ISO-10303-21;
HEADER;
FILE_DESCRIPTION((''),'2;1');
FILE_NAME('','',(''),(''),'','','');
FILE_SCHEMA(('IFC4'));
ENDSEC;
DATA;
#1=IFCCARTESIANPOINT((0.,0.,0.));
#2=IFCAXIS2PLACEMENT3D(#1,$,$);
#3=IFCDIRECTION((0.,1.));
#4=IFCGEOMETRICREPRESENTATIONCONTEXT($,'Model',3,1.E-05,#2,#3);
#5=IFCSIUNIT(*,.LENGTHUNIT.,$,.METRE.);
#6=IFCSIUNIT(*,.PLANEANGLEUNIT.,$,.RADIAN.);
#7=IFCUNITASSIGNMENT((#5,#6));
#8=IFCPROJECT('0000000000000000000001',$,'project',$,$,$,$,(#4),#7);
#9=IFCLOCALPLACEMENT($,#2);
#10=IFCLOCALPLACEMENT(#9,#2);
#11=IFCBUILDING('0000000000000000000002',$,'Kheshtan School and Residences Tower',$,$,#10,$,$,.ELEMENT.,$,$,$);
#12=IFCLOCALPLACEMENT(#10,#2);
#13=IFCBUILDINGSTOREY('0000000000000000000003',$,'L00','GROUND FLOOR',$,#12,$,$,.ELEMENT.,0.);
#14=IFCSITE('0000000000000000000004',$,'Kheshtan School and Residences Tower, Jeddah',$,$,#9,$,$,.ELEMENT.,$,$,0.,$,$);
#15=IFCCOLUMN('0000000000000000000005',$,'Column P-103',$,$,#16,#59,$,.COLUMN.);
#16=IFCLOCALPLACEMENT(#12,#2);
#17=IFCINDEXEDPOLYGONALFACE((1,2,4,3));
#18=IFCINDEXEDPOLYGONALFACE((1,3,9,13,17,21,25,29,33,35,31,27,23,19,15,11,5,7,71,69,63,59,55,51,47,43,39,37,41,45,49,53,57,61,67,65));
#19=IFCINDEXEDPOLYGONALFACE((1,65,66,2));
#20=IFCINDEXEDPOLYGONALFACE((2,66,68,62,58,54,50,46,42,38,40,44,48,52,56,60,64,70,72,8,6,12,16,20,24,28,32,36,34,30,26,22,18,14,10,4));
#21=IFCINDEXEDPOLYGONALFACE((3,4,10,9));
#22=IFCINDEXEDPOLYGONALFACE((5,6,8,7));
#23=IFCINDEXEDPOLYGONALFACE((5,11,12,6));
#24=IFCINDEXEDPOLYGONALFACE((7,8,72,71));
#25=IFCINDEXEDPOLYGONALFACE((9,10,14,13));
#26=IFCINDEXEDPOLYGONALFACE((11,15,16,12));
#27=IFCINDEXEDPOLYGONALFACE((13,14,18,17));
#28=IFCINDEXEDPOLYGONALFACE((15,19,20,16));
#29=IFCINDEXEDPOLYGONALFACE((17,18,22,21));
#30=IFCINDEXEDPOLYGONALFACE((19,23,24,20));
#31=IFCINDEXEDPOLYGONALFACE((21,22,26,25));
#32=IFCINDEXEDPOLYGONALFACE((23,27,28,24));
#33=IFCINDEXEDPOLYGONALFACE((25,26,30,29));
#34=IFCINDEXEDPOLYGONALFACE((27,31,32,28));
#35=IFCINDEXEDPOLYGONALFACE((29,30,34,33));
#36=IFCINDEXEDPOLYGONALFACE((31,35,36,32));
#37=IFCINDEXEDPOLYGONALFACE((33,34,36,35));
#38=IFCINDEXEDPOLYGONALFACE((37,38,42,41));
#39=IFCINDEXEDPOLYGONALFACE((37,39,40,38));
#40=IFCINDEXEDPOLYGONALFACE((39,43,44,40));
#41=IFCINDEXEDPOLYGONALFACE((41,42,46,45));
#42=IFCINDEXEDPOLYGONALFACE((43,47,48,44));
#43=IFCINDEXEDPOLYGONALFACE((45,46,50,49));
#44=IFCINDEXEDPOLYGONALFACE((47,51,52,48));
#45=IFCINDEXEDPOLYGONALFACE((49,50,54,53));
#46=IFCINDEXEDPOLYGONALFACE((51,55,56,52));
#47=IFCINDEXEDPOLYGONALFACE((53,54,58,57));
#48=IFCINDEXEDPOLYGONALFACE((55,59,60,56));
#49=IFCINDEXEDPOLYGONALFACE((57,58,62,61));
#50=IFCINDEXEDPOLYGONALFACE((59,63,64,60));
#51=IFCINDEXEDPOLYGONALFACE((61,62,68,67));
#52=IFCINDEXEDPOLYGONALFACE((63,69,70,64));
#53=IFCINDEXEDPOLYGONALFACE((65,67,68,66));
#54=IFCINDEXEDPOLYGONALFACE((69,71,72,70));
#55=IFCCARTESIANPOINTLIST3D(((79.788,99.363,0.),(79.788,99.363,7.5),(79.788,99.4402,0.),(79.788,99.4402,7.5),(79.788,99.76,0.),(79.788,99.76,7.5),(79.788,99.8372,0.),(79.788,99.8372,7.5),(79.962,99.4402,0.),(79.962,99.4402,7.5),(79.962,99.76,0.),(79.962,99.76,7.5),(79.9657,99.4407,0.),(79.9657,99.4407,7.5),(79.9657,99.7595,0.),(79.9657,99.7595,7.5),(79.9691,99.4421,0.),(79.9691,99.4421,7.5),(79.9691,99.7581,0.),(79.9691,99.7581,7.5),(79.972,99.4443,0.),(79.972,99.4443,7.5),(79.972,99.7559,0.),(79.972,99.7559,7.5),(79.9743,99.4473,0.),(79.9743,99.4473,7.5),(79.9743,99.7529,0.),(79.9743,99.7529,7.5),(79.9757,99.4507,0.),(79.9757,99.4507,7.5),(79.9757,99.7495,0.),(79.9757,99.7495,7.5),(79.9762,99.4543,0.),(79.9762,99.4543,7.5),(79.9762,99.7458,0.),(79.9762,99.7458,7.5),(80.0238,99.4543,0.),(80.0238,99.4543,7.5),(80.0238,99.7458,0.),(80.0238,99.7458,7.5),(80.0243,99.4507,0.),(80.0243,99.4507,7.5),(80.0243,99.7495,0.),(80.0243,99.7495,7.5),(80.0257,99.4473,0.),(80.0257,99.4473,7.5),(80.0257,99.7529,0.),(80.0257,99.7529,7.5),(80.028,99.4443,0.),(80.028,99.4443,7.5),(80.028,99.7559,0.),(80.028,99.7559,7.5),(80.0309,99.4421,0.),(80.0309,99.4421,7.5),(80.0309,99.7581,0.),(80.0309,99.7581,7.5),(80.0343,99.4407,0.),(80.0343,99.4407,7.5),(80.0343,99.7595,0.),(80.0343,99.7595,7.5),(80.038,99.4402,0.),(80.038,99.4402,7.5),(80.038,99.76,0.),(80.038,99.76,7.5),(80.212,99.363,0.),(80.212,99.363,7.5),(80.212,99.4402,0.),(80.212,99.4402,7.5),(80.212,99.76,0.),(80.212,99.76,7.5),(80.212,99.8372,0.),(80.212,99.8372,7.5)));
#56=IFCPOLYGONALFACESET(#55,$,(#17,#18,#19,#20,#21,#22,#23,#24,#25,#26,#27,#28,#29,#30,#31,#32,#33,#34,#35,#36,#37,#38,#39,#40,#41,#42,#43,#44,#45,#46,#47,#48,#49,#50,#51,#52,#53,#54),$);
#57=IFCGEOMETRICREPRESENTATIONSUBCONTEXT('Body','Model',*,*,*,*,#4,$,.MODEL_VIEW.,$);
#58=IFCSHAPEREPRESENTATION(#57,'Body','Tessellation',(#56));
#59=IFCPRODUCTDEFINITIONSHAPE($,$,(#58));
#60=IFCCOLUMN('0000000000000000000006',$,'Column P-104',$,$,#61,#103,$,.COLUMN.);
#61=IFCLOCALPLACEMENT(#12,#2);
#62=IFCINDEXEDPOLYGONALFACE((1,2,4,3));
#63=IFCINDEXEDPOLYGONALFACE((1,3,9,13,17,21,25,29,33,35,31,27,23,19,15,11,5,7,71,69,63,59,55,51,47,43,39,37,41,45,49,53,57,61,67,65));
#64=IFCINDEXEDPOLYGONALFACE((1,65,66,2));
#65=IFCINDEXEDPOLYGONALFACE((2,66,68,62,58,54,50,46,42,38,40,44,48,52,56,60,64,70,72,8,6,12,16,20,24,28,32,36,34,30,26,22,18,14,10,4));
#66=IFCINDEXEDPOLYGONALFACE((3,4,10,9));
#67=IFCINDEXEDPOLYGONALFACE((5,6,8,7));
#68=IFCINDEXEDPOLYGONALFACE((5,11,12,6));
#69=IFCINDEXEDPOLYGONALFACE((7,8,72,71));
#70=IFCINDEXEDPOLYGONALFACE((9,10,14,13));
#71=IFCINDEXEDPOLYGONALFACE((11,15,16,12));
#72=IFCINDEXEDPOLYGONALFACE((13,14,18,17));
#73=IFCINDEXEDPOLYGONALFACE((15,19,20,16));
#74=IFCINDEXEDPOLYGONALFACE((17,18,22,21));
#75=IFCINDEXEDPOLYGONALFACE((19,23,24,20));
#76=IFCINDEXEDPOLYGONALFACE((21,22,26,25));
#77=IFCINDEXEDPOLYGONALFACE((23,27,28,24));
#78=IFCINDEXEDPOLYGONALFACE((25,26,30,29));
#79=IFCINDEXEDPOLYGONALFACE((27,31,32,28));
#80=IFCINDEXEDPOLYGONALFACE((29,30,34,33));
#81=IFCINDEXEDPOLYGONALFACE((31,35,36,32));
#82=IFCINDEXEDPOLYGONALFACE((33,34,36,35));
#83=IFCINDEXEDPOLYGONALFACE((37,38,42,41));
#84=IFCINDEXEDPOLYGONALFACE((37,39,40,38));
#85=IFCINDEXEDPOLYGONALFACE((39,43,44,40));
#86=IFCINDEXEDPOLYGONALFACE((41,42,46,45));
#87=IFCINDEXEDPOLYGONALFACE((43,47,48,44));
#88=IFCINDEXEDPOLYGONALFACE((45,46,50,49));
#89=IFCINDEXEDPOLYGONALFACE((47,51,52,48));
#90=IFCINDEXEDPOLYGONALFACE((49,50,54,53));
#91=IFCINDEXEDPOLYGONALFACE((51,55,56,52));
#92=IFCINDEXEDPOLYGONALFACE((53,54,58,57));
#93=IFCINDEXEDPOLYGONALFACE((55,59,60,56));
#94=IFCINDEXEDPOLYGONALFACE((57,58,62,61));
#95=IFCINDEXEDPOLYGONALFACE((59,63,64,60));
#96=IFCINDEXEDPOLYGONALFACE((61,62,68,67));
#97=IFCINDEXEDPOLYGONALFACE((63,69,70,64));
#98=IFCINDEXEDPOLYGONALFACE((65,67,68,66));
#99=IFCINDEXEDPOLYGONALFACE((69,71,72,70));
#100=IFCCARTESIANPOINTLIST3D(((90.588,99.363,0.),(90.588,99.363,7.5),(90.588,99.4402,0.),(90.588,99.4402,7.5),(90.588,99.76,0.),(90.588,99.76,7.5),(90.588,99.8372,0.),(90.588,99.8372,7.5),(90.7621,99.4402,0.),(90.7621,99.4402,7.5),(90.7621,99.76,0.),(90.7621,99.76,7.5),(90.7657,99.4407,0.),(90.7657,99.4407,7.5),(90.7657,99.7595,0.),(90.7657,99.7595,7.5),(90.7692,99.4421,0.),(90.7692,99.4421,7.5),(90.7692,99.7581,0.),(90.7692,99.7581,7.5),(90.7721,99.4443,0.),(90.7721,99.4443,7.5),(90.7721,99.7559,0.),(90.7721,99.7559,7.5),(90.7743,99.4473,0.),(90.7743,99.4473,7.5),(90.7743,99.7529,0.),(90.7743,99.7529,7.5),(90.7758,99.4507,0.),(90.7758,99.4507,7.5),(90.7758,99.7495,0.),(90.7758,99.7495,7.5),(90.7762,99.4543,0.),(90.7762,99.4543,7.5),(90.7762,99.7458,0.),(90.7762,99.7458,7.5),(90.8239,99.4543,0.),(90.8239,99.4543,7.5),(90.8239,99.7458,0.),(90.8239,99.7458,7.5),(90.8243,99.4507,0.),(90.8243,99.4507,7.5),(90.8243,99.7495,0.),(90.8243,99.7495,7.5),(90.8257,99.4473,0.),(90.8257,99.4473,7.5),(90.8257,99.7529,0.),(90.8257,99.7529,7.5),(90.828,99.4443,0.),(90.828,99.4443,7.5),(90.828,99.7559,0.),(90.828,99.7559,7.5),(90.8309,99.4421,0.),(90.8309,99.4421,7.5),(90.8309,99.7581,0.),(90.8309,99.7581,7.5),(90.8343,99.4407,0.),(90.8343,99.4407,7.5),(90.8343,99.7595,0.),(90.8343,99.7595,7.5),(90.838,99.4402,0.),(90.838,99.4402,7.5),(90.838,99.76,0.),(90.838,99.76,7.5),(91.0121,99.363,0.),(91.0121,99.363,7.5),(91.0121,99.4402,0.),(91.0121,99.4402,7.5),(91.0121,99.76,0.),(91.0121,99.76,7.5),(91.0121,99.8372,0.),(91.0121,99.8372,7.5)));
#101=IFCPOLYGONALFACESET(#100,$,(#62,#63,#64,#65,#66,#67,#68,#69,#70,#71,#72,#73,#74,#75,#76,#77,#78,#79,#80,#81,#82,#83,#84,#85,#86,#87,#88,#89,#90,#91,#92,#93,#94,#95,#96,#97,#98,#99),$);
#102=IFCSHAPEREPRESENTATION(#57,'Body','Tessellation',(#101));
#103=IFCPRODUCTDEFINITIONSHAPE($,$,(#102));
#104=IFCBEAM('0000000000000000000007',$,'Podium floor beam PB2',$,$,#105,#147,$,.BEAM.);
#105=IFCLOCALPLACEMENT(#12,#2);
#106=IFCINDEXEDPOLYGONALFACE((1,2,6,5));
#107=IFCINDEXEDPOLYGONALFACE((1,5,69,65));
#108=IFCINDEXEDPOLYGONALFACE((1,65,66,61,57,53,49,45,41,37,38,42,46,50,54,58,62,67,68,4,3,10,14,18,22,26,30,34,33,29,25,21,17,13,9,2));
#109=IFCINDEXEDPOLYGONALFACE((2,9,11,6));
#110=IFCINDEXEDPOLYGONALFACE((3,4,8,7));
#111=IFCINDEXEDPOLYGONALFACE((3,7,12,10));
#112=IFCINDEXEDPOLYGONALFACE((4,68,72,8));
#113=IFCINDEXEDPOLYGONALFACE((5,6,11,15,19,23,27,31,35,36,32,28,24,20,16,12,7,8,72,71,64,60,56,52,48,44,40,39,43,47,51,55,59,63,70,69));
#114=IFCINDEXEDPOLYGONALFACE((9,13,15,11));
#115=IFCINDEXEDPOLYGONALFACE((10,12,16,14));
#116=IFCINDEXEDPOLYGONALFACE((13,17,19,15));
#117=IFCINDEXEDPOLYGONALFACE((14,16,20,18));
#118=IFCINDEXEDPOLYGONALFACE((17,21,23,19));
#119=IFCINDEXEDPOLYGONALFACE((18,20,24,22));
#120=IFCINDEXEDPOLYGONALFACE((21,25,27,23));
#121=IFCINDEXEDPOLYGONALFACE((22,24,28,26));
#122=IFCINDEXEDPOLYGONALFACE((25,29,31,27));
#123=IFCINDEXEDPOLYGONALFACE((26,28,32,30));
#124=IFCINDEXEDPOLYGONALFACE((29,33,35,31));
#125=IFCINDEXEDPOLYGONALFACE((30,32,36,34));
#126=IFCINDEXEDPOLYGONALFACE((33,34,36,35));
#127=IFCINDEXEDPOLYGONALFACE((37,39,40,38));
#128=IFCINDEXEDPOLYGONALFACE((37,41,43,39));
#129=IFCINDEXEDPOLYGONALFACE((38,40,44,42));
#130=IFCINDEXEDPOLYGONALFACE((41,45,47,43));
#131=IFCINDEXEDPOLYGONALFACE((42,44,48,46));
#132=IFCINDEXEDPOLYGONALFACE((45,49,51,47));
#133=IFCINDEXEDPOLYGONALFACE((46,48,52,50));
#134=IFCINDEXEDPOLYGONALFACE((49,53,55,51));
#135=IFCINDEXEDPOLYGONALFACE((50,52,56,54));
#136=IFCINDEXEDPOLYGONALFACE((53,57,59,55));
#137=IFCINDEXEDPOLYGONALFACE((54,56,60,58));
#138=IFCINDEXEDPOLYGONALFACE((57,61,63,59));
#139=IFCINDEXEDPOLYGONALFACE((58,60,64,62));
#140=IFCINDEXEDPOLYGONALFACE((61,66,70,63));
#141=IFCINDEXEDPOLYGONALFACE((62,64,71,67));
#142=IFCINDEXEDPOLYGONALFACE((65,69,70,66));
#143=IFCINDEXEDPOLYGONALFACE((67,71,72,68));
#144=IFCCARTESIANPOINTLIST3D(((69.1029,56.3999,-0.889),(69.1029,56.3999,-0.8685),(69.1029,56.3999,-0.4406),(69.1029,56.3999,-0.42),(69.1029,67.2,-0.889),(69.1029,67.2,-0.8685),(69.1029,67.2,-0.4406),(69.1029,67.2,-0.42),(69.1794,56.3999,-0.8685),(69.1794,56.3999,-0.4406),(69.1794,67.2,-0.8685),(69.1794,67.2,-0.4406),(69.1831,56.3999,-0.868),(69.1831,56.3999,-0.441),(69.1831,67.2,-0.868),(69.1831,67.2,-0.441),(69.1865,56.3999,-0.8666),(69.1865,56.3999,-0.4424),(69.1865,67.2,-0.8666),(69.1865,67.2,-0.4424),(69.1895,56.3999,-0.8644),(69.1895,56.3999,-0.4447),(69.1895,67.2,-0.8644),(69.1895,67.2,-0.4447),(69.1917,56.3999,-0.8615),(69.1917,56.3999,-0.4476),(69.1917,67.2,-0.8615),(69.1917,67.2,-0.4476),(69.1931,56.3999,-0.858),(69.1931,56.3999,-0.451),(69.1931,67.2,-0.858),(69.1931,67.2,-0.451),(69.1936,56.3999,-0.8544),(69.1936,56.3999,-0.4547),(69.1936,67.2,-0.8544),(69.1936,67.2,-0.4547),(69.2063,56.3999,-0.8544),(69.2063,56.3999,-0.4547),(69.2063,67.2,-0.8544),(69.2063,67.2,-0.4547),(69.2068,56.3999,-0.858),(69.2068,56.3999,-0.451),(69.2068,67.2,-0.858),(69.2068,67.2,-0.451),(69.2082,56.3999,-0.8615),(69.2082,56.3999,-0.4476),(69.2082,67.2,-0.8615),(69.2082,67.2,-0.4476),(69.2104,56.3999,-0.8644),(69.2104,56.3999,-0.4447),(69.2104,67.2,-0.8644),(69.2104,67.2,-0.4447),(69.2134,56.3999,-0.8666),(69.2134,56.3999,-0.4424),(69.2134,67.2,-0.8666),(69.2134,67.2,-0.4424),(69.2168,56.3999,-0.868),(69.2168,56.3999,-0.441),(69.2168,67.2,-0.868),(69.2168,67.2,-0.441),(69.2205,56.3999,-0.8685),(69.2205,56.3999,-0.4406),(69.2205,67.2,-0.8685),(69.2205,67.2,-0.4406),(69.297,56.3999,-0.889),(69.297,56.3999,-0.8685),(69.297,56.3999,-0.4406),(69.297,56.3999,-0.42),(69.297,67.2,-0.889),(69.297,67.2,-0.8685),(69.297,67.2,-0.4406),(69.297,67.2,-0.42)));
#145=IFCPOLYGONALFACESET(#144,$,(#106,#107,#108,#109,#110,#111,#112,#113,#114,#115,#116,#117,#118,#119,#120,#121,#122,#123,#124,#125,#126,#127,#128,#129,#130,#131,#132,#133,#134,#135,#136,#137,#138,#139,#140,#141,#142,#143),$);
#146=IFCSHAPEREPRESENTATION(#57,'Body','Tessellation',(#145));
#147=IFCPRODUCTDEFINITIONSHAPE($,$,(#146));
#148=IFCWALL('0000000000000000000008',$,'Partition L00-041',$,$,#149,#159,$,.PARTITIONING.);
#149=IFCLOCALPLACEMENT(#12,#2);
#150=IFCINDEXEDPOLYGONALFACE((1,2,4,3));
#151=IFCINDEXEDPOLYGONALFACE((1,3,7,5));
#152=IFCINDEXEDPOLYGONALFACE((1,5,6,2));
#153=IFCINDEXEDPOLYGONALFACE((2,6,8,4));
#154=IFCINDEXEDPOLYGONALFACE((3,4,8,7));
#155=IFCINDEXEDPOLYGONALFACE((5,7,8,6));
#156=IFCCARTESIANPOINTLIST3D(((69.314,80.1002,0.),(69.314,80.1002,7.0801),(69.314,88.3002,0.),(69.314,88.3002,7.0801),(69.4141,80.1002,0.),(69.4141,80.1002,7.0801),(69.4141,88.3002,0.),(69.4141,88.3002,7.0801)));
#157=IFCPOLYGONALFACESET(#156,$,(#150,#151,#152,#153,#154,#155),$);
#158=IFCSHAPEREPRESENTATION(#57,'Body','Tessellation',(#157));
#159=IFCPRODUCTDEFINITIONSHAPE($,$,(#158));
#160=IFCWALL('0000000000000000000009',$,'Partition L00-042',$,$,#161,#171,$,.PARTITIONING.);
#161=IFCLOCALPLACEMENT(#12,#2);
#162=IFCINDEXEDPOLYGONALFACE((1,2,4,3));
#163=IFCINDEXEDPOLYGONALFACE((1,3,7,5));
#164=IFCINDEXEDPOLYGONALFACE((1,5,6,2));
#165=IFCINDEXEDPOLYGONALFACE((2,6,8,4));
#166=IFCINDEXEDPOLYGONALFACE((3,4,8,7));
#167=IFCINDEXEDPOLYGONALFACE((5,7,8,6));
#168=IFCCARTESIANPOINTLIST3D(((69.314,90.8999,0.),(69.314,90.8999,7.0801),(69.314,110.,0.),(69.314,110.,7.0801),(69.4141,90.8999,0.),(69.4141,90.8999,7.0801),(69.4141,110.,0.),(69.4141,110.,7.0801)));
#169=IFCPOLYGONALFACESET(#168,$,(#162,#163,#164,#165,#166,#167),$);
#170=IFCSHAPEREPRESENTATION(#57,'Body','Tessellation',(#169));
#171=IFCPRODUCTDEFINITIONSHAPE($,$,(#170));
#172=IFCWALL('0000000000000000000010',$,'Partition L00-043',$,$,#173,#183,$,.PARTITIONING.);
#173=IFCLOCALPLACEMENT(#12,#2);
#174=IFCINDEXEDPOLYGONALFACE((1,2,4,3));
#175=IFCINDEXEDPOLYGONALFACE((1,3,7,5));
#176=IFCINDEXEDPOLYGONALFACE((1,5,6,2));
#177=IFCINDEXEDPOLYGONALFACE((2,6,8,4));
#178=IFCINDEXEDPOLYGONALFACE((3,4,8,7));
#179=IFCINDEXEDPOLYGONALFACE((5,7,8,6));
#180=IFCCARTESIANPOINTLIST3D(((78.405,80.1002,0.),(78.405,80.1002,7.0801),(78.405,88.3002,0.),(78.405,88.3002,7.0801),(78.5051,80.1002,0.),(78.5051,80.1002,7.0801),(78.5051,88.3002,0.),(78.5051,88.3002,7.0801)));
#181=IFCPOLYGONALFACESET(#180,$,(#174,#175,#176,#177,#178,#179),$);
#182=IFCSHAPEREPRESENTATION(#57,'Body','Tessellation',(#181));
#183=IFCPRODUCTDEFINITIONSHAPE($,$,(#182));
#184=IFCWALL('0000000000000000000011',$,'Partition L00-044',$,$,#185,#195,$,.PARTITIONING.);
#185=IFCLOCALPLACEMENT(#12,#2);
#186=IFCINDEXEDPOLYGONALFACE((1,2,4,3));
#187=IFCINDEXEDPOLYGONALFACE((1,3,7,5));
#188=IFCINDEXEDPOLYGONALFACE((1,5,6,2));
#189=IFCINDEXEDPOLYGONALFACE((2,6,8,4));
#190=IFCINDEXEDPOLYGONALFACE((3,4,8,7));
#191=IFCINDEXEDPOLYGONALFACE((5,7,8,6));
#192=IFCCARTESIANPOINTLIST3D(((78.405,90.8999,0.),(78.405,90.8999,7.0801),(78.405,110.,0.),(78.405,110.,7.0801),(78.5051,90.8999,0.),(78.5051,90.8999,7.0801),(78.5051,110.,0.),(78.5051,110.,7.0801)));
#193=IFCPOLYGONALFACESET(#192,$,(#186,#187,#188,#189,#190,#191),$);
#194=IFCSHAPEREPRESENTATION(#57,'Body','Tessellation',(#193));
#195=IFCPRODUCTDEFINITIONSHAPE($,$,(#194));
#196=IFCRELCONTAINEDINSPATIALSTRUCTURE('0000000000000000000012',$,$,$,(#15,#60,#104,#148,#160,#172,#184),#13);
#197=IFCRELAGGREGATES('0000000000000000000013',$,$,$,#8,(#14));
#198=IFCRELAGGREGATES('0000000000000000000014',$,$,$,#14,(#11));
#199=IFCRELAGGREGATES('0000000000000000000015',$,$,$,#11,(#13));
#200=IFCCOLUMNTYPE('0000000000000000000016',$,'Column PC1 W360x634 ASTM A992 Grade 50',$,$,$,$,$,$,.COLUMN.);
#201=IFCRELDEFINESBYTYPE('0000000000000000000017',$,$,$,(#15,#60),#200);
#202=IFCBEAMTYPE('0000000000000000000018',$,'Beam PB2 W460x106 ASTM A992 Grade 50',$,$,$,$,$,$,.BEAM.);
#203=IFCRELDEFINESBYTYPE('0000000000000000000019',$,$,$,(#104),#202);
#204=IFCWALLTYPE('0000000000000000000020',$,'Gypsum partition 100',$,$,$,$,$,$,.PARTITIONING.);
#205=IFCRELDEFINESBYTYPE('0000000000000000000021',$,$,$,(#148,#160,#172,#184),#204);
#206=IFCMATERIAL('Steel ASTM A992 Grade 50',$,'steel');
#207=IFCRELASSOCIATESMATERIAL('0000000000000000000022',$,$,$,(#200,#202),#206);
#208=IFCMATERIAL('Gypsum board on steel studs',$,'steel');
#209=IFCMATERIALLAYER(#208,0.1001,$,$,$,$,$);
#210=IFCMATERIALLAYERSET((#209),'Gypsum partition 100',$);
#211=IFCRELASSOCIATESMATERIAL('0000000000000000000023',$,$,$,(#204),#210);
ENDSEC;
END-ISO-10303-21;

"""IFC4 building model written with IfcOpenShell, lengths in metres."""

from ifc_helpers import new_model, si_unit, direction, frame, frame_2d, origin, origin_2d, place, context, subcontext, project, spatial, rectangle, i_section, extrude, material, layer, layer_set, material_profile, profile_set, type_object, element, save


model = new_model("IFC4")

# Units and contexts
model_context = context("Model", 3, precision=1e-05, world=origin(), true_north=direction((0.0, 1.0)))
body_context = subcontext(model_context, "Body", "Model", "MODEL_VIEW")
ifc_project = project(units=[si_unit("LENGTHUNIT", "METRE"), si_unit("PLANEANGLEUNIT", "RADIAN")], contexts=[model_context])

# Site, building, storey
site_placement = place(None, origin())
site = spatial("IfcSite", under=ifc_project, at=site_placement, Name="Kheshtan School and Residences Tower, Jeddah", CompositionType="ELEMENT", RefElevation=0.0)
building_placement = place(site_placement, origin())
building = spatial("IfcBuilding", under=site, at=building_placement, Name="Kheshtan School and Residences Tower", CompositionType="ELEMENT")
storey_placement = place(building_placement, origin())
storey = spatial("IfcBuildingStorey", under=building, at=storey_placement, Name="L00", Description="GROUND FLOOR", CompositionType="ELEMENT", Elevation=0.0)

# Columns
ifc_material_1 = material(Name="Steel ASTM A992 Grade 50", Category="steel")
ifc_material_profile_1 = material_profile(ifc_material_1, i_section(OverallWidth=0.4241, OverallDepth=0.4741, WebThickness=0.0476, FlangeThickness=0.0771, FilletRadius=0.0142, at=origin_2d()), Name="W360x634")
ifc_profile_set_1 = profile_set([ifc_material_profile_1], Name="Steel ASTM A992 Grade 50")
column_type = type_object("IfcColumnType", Name="Column PC1 W360x634 ASTM A992 Grade 50", PredefinedType="COLUMN", material=ifc_profile_set_1)
for number, where, z_axis, x_axis, name in (
    (1, (80.0, 99.6001, 0.0), (0.0, 0.0, 1.0), (1.0, 0.0, 0.0), "Column P-103"),
    (2, (90.8, 99.6001, 0.0), (0.0, 0.0, 1.0), (1.0, 0.0, 0.0), "Column P-104"),
):
    element("IfcColumn", number, at=place(storey_placement, frame(where, z_axis=z_axis, x_axis=x_axis)), inside=storey, type_object=column_type, Name=name, PredefinedType="COLUMN", context=body_context, shape_type="SweptSolid", body=[
        extrude(i_section(OverallWidth=0.4241, OverallDepth=0.4741, WebThickness=0.0476, FlangeThickness=0.0771, FilletRadius=0.0142, at=origin_2d()), origin(), (0.0, 0.0, 1.0), 7.5),
    ])

# Beam
ifc_material_profile_2 = material_profile(ifc_material_1, i_section(OverallWidth=0.1941, OverallDepth=0.469, WebThickness=0.0127, FlangeThickness=0.0205, FilletRadius=0.0142, at=origin_2d()), Name="W460x106")
ifc_profile_set_2 = profile_set([ifc_material_profile_2], Name="Steel ASTM A992 Grade 50")
beam_type = type_object("IfcBeamType", Name="Beam PB2 W460x106 ASTM A992 Grade 50", PredefinedType="BEAM", material=ifc_profile_set_2)
beam_placement = place(storey_placement, frame((69.2, 56.3999, -0.6545), z_axis=(0.0, 1.0, 0.0), x_axis=(-1.0, 0.0, 0.0)))
element("IfcBeam", 3, at=beam_placement, inside=storey, type_object=beam_type, Name="Podium floor beam PB2", PredefinedType="BEAM", context=body_context, shape_type="SweptSolid", body=[
    extrude(i_section(OverallWidth=0.1941, OverallDepth=0.469, WebThickness=0.0127, FlangeThickness=0.0205, FilletRadius=0.0142, at=origin_2d()), origin(), (0.0, 0.0, 1.0), 10.8),
])

# Walls
ifc_material_2 = material(Name="Gypsum board on steel studs", Category="steel")
ifc_layer_1 = layer(ifc_material_2, 0.1001)
ifc_layer_set_1 = layer_set([ifc_layer_1], Name="Gypsum partition 100")
wall_type_1 = type_object("IfcWallType", Name="Gypsum partition 100", PredefinedType="PARTITIONING", material=ifc_layer_set_1)
wall_1_placement = place(storey_placement, frame((69.364, 80.1001, 0.0), z_axis=(0.0, 0.0, 1.0), x_axis=(0.0, 1.0, 0.0)))
element("IfcWall", 4, at=wall_1_placement, inside=storey, type_object=wall_type_1, Name="Partition L00-041", PredefinedType="PARTITIONING", context=body_context, shape_type="SweptSolid", body=[
    extrude(rectangle(XDim=8.2, YDim=0.1001, at=frame_2d((4.1001, 0.0))), origin(), (0.0, 0.0, 1.0), 7.0801),
])
wall_2_placement = place(storey_placement, frame((69.364, 90.8999, 0.0), z_axis=(0.0, 0.0, 1.0), x_axis=(0.0, 1.0, 0.0)))
element("IfcWall", 5, at=wall_2_placement, inside=storey, type_object=wall_type_1, Name="Partition L00-042", PredefinedType="PARTITIONING", context=body_context, shape_type="SweptSolid", body=[
    extrude(rectangle(XDim=19.1001, YDim=0.1001, at=frame_2d((9.55, 0.0))), origin(), (0.0, 0.0, 1.0), 7.0801),
])
wall_3_placement = place(storey_placement, frame((78.4551, 80.1001, 0.0), z_axis=(0.0, 0.0, 1.0), x_axis=(0.0, 1.0, 0.0)))
element("IfcWall", 6, at=wall_3_placement, inside=storey, type_object=wall_type_1, Name="Partition L00-043", PredefinedType="PARTITIONING", context=body_context, shape_type="SweptSolid", body=[
    extrude(rectangle(XDim=8.2, YDim=0.1001, at=frame_2d((4.1001, 0.0))), origin(), (0.0, 0.0, 1.0), 7.0801),
])
wall_4_placement = place(storey_placement, frame((78.4551, 90.8999, 0.0), z_axis=(0.0, 0.0, 1.0), x_axis=(0.0, 1.0, 0.0)))
element("IfcWall", 7, at=wall_4_placement, inside=storey, type_object=wall_type_1, Name="Partition L00-044", PredefinedType="PARTITIONING", context=body_context, shape_type="SweptSolid", body=[
    extrude(rectangle(XDim=19.1001, YDim=0.1001, at=frame_2d((9.55, 0.0))), origin(), (0.0, 0.0, 1.0), 7.0801),
])

save(model, "model.ifc")
